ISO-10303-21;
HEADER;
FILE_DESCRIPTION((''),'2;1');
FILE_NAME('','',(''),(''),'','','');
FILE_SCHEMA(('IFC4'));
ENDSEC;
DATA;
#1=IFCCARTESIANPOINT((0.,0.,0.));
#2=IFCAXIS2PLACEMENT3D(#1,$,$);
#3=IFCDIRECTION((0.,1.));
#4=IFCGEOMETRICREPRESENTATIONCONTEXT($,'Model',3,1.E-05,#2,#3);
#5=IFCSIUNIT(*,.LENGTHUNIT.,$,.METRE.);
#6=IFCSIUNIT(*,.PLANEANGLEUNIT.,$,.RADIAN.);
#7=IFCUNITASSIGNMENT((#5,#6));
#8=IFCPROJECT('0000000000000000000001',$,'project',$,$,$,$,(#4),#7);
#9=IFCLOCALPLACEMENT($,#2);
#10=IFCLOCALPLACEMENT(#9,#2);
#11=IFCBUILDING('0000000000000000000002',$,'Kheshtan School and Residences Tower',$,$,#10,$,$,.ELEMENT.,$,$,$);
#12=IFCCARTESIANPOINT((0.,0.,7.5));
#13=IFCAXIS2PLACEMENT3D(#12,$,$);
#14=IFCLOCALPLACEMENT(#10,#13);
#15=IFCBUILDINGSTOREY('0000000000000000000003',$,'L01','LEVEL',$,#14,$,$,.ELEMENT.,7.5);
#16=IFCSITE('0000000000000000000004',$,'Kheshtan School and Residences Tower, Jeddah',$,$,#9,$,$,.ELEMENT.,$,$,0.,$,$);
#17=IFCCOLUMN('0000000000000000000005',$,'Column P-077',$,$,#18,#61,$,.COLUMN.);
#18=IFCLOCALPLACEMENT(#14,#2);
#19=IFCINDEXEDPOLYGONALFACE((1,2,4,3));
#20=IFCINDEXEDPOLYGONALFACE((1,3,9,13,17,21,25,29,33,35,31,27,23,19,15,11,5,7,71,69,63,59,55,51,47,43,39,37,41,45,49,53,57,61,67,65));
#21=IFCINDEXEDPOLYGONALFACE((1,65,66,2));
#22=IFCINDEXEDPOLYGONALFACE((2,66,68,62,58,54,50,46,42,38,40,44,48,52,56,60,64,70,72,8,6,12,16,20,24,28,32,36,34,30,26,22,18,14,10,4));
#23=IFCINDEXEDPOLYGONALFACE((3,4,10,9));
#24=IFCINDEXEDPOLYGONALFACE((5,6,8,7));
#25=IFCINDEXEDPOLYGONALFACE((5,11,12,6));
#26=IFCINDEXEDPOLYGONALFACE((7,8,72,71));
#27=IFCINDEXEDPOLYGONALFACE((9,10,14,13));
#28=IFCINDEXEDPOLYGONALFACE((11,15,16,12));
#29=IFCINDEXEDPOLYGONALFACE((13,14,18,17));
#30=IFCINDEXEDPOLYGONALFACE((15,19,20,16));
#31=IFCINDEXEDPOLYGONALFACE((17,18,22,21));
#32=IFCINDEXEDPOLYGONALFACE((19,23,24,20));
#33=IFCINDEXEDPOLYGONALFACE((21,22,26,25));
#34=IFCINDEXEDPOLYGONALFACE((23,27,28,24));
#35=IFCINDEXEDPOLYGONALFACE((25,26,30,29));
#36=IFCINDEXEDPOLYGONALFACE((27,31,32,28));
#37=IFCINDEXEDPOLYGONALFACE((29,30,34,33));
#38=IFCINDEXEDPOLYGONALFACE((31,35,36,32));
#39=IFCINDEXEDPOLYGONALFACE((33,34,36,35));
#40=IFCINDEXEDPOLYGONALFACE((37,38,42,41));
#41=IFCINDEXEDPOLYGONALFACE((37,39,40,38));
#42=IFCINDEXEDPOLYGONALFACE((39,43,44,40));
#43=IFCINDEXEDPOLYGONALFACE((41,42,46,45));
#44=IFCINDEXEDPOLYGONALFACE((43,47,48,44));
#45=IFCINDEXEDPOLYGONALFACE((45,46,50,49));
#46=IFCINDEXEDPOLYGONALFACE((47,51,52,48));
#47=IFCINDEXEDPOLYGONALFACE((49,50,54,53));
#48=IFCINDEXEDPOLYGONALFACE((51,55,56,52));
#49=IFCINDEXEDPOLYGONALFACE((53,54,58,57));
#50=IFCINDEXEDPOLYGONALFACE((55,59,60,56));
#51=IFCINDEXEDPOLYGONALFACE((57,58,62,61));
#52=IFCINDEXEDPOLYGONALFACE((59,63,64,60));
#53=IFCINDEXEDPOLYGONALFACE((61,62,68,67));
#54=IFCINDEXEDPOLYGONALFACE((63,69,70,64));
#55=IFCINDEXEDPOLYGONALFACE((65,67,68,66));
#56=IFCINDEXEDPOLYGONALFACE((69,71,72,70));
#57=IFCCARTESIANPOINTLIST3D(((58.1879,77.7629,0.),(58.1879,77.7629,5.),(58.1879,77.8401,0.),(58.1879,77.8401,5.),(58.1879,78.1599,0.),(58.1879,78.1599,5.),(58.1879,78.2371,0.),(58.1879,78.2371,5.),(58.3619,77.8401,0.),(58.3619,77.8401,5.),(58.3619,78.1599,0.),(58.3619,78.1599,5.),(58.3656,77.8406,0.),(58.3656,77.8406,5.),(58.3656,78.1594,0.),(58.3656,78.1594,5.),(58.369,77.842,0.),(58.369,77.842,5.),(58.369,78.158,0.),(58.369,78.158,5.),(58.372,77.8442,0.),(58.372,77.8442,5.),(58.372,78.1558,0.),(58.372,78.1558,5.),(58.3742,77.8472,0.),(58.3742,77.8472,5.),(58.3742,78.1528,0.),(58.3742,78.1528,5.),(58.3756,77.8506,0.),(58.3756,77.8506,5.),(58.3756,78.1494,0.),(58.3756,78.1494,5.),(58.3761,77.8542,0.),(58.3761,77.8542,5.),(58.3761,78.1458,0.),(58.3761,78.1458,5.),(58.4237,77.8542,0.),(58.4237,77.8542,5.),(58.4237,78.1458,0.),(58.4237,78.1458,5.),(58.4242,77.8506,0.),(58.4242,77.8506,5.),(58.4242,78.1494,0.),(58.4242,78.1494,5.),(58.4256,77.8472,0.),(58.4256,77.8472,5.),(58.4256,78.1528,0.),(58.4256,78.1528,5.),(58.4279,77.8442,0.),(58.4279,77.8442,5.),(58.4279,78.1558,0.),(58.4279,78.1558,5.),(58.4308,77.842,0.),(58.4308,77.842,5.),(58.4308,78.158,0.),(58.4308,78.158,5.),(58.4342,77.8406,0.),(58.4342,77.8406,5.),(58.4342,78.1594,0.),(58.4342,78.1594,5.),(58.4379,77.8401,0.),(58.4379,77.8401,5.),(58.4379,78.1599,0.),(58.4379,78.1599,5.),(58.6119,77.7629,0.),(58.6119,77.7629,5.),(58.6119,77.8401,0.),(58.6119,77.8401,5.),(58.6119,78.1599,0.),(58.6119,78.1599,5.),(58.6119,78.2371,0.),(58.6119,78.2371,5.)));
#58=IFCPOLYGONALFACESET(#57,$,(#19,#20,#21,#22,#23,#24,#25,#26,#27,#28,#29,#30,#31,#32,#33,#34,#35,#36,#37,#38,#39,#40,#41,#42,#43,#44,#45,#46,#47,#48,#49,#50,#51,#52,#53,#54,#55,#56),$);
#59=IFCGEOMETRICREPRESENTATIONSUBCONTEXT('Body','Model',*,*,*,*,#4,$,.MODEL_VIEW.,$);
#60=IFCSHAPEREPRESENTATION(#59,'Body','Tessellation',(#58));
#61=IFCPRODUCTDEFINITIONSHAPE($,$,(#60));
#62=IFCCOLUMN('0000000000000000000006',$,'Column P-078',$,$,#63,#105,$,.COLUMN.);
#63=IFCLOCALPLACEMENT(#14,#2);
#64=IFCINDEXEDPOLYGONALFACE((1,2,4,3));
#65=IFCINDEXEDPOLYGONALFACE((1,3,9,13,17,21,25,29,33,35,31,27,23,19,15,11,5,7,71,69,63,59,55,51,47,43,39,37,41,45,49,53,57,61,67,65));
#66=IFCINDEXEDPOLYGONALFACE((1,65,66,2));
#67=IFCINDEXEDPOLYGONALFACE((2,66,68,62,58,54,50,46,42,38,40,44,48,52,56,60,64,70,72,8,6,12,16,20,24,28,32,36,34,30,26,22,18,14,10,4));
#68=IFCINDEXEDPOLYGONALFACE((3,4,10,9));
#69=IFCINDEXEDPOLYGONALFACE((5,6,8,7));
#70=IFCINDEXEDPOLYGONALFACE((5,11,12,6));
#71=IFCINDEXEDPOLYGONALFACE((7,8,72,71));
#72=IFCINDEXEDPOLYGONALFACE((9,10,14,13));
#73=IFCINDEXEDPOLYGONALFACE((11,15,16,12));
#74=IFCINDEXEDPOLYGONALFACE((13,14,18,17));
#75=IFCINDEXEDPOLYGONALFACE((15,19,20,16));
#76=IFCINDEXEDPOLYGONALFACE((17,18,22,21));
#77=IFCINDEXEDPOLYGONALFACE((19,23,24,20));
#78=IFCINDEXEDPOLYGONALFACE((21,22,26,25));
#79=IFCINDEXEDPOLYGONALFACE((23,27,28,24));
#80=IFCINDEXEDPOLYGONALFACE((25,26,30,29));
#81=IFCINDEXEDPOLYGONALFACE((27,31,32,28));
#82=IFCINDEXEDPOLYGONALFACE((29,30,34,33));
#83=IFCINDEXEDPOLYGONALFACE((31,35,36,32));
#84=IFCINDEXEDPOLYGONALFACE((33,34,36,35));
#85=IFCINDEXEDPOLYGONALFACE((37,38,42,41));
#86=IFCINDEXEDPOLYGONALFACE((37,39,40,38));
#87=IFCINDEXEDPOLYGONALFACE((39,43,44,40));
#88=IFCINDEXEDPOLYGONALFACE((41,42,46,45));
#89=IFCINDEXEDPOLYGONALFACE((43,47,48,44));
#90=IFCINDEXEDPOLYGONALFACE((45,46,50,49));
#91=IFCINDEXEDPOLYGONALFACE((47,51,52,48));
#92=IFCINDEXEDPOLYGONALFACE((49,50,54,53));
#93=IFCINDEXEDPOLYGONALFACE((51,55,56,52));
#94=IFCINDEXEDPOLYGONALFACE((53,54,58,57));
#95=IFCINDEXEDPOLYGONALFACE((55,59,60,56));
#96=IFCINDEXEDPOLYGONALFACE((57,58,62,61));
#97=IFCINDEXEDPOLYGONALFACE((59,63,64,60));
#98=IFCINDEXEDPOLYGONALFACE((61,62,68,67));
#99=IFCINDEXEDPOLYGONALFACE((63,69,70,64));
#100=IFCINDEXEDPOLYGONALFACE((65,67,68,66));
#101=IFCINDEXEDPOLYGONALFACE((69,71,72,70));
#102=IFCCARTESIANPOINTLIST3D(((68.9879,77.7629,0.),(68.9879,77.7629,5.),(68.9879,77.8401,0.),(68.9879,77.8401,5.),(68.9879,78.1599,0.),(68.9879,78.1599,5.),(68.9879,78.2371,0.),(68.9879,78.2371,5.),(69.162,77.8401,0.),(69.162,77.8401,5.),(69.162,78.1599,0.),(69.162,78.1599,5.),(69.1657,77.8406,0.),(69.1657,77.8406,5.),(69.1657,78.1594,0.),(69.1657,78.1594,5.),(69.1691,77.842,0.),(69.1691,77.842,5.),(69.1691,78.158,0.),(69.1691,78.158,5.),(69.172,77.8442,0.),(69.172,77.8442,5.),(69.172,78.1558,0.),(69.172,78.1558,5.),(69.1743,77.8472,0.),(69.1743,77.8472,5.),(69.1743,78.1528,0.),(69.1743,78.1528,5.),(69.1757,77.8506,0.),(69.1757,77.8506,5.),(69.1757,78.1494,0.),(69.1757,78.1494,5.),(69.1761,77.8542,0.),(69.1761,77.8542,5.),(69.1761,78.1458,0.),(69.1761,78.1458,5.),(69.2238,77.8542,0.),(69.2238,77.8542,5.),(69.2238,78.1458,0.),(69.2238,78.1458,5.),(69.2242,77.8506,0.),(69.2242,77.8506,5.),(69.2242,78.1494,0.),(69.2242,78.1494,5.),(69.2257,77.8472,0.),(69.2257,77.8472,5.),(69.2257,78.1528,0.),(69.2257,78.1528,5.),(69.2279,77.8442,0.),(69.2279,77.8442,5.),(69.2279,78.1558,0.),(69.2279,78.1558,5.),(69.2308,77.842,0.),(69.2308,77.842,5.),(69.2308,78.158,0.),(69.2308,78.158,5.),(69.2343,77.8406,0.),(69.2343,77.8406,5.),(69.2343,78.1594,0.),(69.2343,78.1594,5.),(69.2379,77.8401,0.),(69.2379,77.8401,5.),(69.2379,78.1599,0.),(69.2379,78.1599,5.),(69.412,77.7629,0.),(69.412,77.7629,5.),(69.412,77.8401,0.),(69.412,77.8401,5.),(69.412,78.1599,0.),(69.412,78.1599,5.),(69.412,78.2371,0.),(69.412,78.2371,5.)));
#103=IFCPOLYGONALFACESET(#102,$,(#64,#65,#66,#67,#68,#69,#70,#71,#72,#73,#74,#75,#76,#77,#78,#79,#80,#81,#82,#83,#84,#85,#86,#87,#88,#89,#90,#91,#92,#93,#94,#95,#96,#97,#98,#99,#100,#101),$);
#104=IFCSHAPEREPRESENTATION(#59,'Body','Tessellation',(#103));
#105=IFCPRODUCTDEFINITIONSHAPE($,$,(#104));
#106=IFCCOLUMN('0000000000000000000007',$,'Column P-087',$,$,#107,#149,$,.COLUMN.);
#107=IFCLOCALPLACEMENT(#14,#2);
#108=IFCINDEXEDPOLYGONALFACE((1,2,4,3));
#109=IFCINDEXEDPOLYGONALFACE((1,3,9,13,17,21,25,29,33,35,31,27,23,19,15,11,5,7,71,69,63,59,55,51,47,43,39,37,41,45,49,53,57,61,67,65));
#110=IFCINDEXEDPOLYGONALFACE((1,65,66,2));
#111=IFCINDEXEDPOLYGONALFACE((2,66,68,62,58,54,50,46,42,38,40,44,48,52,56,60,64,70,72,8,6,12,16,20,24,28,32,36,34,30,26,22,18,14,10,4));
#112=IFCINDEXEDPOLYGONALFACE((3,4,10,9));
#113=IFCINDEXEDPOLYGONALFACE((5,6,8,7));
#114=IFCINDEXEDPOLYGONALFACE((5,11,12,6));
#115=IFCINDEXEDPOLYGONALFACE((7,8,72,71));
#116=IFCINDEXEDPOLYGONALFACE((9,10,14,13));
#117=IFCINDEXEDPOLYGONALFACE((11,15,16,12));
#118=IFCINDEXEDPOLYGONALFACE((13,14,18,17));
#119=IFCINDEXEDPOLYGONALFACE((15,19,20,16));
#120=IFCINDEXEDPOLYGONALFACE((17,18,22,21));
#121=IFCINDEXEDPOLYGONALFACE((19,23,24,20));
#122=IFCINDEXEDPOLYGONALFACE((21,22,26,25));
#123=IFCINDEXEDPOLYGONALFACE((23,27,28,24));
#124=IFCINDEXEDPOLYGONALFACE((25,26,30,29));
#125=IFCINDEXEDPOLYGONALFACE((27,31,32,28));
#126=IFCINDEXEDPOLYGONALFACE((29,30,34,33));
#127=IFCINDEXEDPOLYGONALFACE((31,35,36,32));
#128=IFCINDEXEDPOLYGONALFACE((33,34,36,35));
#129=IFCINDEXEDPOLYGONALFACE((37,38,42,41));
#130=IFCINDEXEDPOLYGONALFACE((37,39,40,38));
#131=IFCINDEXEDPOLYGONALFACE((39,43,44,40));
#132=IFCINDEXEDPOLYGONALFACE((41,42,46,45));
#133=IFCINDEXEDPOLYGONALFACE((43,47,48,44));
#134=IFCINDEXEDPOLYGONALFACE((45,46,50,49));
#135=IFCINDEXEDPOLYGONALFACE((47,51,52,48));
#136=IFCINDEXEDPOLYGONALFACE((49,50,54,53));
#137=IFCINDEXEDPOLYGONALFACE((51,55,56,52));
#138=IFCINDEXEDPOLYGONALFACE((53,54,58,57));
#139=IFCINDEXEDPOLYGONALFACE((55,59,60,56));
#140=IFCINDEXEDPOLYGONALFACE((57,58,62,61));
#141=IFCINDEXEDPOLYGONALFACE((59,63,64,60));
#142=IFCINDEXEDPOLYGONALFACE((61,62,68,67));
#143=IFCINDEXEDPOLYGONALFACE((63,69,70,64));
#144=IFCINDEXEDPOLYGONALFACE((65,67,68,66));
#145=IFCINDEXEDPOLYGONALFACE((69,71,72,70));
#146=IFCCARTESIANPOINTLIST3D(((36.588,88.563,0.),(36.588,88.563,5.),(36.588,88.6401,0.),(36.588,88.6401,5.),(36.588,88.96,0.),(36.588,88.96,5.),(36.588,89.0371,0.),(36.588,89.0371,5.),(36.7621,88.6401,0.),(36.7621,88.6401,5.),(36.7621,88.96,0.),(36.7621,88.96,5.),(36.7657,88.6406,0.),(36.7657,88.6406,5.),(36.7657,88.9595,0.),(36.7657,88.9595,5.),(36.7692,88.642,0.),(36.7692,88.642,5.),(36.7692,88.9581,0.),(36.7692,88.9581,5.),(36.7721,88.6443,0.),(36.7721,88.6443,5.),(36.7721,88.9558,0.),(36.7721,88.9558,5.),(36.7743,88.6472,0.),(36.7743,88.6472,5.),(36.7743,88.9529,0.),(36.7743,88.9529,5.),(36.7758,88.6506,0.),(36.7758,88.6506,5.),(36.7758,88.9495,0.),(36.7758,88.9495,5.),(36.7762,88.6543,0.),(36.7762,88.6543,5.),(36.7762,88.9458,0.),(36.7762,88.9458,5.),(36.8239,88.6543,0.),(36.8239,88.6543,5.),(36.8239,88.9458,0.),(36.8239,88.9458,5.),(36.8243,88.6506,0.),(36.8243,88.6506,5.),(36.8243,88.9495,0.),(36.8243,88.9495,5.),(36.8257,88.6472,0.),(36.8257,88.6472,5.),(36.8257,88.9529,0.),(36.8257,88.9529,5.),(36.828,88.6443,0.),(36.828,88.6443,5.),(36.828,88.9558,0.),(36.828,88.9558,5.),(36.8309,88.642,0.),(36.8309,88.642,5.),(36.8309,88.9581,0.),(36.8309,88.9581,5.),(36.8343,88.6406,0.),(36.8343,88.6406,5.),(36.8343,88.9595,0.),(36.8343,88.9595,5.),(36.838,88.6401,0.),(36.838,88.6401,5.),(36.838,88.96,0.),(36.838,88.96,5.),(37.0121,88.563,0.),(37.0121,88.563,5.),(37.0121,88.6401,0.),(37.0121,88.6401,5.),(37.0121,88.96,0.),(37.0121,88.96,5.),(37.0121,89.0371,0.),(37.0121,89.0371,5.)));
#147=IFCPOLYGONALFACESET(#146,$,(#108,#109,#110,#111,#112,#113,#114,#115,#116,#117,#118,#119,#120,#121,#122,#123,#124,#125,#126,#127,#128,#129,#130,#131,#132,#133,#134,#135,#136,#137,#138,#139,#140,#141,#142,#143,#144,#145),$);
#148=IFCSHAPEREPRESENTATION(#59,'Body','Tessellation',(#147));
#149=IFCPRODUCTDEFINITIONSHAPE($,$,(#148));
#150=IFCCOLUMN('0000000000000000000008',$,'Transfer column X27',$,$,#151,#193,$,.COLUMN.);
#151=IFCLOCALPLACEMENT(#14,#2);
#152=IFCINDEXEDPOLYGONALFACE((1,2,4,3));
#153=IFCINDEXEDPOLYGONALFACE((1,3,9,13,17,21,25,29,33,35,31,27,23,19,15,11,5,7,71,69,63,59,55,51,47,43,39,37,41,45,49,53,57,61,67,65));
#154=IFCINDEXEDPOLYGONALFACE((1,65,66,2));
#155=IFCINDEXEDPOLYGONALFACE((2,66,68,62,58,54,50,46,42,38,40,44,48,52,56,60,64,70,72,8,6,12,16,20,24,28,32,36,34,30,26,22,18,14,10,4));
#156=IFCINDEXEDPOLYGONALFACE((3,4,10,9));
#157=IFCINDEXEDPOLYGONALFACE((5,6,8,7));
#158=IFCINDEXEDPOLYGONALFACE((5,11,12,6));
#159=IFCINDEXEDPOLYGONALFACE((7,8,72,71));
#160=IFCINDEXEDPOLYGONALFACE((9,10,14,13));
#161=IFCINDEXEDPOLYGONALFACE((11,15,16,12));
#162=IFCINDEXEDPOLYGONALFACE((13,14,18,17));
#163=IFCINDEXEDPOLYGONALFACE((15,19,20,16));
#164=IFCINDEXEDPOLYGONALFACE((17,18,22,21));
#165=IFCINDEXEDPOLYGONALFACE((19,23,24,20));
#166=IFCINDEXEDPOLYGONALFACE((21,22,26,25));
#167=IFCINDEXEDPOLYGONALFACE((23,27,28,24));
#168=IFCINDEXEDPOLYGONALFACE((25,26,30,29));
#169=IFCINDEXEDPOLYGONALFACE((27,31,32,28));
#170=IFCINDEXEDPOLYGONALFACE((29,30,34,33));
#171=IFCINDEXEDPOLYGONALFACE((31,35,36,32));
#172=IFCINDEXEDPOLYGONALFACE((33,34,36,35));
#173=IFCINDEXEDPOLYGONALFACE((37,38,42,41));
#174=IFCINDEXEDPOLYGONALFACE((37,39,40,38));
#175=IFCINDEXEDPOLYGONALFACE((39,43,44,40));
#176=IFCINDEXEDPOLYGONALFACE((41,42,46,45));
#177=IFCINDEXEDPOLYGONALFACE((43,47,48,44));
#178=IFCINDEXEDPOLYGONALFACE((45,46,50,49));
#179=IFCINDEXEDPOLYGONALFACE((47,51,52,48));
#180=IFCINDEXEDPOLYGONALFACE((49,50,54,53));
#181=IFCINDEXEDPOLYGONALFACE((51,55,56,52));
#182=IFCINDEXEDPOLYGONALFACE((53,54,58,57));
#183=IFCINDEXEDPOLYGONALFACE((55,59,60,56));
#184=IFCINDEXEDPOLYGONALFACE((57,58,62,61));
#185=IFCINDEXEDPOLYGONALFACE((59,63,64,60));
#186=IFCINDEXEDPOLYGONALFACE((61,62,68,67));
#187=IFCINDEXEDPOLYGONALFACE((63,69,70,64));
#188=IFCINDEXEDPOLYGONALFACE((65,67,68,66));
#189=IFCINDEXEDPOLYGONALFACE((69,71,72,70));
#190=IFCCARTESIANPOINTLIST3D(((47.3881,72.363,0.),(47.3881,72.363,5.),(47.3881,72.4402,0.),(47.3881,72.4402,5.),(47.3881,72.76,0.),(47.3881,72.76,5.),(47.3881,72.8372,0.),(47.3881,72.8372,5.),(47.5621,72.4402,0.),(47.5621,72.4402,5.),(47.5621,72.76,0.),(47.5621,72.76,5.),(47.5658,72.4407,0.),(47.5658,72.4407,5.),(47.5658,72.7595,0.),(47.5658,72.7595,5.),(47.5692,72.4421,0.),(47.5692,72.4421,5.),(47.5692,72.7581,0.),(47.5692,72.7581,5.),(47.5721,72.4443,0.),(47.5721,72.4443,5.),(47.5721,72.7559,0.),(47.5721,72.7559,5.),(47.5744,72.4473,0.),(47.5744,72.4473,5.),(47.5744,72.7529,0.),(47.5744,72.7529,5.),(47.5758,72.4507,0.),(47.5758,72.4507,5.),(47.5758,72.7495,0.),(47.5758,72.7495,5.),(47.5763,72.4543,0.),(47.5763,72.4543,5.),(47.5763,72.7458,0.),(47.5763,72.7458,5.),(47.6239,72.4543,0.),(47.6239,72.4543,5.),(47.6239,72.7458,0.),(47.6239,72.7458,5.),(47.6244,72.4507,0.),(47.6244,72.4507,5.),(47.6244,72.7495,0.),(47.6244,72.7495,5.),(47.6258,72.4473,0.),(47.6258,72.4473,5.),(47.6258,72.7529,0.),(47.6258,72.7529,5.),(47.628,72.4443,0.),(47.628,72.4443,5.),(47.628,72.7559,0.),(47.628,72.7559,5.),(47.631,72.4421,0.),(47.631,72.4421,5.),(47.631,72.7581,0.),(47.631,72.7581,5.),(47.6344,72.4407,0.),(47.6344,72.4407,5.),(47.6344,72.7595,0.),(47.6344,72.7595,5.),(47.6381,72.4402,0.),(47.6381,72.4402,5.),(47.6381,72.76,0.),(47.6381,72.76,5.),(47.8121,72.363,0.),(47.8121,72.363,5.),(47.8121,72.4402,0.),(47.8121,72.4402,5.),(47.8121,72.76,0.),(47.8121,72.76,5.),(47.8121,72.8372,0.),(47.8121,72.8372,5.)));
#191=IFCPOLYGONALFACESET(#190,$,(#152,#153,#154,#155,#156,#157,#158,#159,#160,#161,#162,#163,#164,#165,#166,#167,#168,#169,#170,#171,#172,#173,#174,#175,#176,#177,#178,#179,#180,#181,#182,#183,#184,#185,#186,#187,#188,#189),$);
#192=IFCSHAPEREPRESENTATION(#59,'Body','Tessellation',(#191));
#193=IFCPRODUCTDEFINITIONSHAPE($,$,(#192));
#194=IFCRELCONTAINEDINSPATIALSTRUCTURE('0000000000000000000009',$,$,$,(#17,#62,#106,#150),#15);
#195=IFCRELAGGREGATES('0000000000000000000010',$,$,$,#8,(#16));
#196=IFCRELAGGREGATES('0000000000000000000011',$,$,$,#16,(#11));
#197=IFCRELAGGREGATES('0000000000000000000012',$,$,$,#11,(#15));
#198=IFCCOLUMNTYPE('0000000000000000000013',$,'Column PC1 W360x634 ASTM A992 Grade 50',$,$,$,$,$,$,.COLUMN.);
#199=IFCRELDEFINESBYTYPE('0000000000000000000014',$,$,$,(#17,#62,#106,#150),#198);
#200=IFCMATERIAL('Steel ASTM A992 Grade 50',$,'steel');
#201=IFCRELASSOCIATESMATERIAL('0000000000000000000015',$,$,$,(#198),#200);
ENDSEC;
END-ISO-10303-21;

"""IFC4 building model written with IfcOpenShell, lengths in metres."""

from ifc_helpers import new_model, si_unit, direction, frame, origin, origin_2d, place, context, subcontext, project, spatial, i_section, extrude, material, material_profile, profile_set, type_object, element, save


model = new_model("IFC4")

# Units and contexts
model_context = context("Model", 3, precision=1e-05, world=origin(), true_north=direction((0.0, 1.0)))
body_context = subcontext(model_context, "Body", "Model", "MODEL_VIEW")
ifc_project = project(units=[si_unit("LENGTHUNIT", "METRE"), si_unit("PLANEANGLEUNIT", "RADIAN")], contexts=[model_context])

# Site, building, storey
site_placement = place(None, origin())
site = spatial("IfcSite", under=ifc_project, at=site_placement, Name="Kheshtan School and Residences Tower, Jeddah", CompositionType="ELEMENT", RefElevation=0.0)
building_placement = place(site_placement, origin())
building = spatial("IfcBuilding", under=site, at=building_placement, Name="Kheshtan School and Residences Tower", CompositionType="ELEMENT")
storey_placement = place(building_placement, frame((0.0, 0.0, 7.5)))
storey = spatial("IfcBuildingStorey", under=building, at=storey_placement, Name="L01", Description="LEVEL", CompositionType="ELEMENT", Elevation=7.5)

# Columns
ifc_material_1 = material(Name="Steel ASTM A992 Grade 50", Category="steel")
ifc_material_profile_1 = material_profile(ifc_material_1, i_section(OverallWidth=0.4241, OverallDepth=0.4741, WebThickness=0.0476, FlangeThickness=0.0771, FilletRadius=0.0142, at=origin_2d()), Name="W360x634")
ifc_profile_set_1 = profile_set([ifc_material_profile_1], Name="Steel ASTM A992 Grade 50")
column_type = type_object("IfcColumnType", Name="Column PC1 W360x634 ASTM A992 Grade 50", PredefinedType="COLUMN", material=ifc_profile_set_1)
for number, where, z_axis, x_axis, name in (
    (1, (58.3999, 78.0, 0.0), (0.0, 0.0, 1.0), (1.0, 0.0, 0.0), "Column P-077"),
    (2, (69.2, 78.0, 0.0), (0.0, 0.0, 1.0), (1.0, 0.0, 0.0), "Column P-078"),
    (3, (36.8, 88.8, 0.0), (0.0, 0.0, 1.0), (1.0, 0.0, 0.0), "Column P-087"),
    (4, (47.6001, 72.6001, 0.0), (0.0, 0.0, 1.0), (1.0, 0.0, 0.0), "Transfer column X27"),
):
    element("IfcColumn", number, at=place(storey_placement, frame(where, z_axis=z_axis, x_axis=x_axis)), inside=storey, type_object=column_type, Name=name, PredefinedType="COLUMN", context=body_context, shape_type="SweptSolid", body=[
        extrude(i_section(OverallWidth=0.4241, OverallDepth=0.4741, WebThickness=0.0476, FlangeThickness=0.0771, FilletRadius=0.0142, at=origin_2d()), origin(), (0.0, 0.0, 1.0), 5.0),
    ])

save(model, "model.ifc")
